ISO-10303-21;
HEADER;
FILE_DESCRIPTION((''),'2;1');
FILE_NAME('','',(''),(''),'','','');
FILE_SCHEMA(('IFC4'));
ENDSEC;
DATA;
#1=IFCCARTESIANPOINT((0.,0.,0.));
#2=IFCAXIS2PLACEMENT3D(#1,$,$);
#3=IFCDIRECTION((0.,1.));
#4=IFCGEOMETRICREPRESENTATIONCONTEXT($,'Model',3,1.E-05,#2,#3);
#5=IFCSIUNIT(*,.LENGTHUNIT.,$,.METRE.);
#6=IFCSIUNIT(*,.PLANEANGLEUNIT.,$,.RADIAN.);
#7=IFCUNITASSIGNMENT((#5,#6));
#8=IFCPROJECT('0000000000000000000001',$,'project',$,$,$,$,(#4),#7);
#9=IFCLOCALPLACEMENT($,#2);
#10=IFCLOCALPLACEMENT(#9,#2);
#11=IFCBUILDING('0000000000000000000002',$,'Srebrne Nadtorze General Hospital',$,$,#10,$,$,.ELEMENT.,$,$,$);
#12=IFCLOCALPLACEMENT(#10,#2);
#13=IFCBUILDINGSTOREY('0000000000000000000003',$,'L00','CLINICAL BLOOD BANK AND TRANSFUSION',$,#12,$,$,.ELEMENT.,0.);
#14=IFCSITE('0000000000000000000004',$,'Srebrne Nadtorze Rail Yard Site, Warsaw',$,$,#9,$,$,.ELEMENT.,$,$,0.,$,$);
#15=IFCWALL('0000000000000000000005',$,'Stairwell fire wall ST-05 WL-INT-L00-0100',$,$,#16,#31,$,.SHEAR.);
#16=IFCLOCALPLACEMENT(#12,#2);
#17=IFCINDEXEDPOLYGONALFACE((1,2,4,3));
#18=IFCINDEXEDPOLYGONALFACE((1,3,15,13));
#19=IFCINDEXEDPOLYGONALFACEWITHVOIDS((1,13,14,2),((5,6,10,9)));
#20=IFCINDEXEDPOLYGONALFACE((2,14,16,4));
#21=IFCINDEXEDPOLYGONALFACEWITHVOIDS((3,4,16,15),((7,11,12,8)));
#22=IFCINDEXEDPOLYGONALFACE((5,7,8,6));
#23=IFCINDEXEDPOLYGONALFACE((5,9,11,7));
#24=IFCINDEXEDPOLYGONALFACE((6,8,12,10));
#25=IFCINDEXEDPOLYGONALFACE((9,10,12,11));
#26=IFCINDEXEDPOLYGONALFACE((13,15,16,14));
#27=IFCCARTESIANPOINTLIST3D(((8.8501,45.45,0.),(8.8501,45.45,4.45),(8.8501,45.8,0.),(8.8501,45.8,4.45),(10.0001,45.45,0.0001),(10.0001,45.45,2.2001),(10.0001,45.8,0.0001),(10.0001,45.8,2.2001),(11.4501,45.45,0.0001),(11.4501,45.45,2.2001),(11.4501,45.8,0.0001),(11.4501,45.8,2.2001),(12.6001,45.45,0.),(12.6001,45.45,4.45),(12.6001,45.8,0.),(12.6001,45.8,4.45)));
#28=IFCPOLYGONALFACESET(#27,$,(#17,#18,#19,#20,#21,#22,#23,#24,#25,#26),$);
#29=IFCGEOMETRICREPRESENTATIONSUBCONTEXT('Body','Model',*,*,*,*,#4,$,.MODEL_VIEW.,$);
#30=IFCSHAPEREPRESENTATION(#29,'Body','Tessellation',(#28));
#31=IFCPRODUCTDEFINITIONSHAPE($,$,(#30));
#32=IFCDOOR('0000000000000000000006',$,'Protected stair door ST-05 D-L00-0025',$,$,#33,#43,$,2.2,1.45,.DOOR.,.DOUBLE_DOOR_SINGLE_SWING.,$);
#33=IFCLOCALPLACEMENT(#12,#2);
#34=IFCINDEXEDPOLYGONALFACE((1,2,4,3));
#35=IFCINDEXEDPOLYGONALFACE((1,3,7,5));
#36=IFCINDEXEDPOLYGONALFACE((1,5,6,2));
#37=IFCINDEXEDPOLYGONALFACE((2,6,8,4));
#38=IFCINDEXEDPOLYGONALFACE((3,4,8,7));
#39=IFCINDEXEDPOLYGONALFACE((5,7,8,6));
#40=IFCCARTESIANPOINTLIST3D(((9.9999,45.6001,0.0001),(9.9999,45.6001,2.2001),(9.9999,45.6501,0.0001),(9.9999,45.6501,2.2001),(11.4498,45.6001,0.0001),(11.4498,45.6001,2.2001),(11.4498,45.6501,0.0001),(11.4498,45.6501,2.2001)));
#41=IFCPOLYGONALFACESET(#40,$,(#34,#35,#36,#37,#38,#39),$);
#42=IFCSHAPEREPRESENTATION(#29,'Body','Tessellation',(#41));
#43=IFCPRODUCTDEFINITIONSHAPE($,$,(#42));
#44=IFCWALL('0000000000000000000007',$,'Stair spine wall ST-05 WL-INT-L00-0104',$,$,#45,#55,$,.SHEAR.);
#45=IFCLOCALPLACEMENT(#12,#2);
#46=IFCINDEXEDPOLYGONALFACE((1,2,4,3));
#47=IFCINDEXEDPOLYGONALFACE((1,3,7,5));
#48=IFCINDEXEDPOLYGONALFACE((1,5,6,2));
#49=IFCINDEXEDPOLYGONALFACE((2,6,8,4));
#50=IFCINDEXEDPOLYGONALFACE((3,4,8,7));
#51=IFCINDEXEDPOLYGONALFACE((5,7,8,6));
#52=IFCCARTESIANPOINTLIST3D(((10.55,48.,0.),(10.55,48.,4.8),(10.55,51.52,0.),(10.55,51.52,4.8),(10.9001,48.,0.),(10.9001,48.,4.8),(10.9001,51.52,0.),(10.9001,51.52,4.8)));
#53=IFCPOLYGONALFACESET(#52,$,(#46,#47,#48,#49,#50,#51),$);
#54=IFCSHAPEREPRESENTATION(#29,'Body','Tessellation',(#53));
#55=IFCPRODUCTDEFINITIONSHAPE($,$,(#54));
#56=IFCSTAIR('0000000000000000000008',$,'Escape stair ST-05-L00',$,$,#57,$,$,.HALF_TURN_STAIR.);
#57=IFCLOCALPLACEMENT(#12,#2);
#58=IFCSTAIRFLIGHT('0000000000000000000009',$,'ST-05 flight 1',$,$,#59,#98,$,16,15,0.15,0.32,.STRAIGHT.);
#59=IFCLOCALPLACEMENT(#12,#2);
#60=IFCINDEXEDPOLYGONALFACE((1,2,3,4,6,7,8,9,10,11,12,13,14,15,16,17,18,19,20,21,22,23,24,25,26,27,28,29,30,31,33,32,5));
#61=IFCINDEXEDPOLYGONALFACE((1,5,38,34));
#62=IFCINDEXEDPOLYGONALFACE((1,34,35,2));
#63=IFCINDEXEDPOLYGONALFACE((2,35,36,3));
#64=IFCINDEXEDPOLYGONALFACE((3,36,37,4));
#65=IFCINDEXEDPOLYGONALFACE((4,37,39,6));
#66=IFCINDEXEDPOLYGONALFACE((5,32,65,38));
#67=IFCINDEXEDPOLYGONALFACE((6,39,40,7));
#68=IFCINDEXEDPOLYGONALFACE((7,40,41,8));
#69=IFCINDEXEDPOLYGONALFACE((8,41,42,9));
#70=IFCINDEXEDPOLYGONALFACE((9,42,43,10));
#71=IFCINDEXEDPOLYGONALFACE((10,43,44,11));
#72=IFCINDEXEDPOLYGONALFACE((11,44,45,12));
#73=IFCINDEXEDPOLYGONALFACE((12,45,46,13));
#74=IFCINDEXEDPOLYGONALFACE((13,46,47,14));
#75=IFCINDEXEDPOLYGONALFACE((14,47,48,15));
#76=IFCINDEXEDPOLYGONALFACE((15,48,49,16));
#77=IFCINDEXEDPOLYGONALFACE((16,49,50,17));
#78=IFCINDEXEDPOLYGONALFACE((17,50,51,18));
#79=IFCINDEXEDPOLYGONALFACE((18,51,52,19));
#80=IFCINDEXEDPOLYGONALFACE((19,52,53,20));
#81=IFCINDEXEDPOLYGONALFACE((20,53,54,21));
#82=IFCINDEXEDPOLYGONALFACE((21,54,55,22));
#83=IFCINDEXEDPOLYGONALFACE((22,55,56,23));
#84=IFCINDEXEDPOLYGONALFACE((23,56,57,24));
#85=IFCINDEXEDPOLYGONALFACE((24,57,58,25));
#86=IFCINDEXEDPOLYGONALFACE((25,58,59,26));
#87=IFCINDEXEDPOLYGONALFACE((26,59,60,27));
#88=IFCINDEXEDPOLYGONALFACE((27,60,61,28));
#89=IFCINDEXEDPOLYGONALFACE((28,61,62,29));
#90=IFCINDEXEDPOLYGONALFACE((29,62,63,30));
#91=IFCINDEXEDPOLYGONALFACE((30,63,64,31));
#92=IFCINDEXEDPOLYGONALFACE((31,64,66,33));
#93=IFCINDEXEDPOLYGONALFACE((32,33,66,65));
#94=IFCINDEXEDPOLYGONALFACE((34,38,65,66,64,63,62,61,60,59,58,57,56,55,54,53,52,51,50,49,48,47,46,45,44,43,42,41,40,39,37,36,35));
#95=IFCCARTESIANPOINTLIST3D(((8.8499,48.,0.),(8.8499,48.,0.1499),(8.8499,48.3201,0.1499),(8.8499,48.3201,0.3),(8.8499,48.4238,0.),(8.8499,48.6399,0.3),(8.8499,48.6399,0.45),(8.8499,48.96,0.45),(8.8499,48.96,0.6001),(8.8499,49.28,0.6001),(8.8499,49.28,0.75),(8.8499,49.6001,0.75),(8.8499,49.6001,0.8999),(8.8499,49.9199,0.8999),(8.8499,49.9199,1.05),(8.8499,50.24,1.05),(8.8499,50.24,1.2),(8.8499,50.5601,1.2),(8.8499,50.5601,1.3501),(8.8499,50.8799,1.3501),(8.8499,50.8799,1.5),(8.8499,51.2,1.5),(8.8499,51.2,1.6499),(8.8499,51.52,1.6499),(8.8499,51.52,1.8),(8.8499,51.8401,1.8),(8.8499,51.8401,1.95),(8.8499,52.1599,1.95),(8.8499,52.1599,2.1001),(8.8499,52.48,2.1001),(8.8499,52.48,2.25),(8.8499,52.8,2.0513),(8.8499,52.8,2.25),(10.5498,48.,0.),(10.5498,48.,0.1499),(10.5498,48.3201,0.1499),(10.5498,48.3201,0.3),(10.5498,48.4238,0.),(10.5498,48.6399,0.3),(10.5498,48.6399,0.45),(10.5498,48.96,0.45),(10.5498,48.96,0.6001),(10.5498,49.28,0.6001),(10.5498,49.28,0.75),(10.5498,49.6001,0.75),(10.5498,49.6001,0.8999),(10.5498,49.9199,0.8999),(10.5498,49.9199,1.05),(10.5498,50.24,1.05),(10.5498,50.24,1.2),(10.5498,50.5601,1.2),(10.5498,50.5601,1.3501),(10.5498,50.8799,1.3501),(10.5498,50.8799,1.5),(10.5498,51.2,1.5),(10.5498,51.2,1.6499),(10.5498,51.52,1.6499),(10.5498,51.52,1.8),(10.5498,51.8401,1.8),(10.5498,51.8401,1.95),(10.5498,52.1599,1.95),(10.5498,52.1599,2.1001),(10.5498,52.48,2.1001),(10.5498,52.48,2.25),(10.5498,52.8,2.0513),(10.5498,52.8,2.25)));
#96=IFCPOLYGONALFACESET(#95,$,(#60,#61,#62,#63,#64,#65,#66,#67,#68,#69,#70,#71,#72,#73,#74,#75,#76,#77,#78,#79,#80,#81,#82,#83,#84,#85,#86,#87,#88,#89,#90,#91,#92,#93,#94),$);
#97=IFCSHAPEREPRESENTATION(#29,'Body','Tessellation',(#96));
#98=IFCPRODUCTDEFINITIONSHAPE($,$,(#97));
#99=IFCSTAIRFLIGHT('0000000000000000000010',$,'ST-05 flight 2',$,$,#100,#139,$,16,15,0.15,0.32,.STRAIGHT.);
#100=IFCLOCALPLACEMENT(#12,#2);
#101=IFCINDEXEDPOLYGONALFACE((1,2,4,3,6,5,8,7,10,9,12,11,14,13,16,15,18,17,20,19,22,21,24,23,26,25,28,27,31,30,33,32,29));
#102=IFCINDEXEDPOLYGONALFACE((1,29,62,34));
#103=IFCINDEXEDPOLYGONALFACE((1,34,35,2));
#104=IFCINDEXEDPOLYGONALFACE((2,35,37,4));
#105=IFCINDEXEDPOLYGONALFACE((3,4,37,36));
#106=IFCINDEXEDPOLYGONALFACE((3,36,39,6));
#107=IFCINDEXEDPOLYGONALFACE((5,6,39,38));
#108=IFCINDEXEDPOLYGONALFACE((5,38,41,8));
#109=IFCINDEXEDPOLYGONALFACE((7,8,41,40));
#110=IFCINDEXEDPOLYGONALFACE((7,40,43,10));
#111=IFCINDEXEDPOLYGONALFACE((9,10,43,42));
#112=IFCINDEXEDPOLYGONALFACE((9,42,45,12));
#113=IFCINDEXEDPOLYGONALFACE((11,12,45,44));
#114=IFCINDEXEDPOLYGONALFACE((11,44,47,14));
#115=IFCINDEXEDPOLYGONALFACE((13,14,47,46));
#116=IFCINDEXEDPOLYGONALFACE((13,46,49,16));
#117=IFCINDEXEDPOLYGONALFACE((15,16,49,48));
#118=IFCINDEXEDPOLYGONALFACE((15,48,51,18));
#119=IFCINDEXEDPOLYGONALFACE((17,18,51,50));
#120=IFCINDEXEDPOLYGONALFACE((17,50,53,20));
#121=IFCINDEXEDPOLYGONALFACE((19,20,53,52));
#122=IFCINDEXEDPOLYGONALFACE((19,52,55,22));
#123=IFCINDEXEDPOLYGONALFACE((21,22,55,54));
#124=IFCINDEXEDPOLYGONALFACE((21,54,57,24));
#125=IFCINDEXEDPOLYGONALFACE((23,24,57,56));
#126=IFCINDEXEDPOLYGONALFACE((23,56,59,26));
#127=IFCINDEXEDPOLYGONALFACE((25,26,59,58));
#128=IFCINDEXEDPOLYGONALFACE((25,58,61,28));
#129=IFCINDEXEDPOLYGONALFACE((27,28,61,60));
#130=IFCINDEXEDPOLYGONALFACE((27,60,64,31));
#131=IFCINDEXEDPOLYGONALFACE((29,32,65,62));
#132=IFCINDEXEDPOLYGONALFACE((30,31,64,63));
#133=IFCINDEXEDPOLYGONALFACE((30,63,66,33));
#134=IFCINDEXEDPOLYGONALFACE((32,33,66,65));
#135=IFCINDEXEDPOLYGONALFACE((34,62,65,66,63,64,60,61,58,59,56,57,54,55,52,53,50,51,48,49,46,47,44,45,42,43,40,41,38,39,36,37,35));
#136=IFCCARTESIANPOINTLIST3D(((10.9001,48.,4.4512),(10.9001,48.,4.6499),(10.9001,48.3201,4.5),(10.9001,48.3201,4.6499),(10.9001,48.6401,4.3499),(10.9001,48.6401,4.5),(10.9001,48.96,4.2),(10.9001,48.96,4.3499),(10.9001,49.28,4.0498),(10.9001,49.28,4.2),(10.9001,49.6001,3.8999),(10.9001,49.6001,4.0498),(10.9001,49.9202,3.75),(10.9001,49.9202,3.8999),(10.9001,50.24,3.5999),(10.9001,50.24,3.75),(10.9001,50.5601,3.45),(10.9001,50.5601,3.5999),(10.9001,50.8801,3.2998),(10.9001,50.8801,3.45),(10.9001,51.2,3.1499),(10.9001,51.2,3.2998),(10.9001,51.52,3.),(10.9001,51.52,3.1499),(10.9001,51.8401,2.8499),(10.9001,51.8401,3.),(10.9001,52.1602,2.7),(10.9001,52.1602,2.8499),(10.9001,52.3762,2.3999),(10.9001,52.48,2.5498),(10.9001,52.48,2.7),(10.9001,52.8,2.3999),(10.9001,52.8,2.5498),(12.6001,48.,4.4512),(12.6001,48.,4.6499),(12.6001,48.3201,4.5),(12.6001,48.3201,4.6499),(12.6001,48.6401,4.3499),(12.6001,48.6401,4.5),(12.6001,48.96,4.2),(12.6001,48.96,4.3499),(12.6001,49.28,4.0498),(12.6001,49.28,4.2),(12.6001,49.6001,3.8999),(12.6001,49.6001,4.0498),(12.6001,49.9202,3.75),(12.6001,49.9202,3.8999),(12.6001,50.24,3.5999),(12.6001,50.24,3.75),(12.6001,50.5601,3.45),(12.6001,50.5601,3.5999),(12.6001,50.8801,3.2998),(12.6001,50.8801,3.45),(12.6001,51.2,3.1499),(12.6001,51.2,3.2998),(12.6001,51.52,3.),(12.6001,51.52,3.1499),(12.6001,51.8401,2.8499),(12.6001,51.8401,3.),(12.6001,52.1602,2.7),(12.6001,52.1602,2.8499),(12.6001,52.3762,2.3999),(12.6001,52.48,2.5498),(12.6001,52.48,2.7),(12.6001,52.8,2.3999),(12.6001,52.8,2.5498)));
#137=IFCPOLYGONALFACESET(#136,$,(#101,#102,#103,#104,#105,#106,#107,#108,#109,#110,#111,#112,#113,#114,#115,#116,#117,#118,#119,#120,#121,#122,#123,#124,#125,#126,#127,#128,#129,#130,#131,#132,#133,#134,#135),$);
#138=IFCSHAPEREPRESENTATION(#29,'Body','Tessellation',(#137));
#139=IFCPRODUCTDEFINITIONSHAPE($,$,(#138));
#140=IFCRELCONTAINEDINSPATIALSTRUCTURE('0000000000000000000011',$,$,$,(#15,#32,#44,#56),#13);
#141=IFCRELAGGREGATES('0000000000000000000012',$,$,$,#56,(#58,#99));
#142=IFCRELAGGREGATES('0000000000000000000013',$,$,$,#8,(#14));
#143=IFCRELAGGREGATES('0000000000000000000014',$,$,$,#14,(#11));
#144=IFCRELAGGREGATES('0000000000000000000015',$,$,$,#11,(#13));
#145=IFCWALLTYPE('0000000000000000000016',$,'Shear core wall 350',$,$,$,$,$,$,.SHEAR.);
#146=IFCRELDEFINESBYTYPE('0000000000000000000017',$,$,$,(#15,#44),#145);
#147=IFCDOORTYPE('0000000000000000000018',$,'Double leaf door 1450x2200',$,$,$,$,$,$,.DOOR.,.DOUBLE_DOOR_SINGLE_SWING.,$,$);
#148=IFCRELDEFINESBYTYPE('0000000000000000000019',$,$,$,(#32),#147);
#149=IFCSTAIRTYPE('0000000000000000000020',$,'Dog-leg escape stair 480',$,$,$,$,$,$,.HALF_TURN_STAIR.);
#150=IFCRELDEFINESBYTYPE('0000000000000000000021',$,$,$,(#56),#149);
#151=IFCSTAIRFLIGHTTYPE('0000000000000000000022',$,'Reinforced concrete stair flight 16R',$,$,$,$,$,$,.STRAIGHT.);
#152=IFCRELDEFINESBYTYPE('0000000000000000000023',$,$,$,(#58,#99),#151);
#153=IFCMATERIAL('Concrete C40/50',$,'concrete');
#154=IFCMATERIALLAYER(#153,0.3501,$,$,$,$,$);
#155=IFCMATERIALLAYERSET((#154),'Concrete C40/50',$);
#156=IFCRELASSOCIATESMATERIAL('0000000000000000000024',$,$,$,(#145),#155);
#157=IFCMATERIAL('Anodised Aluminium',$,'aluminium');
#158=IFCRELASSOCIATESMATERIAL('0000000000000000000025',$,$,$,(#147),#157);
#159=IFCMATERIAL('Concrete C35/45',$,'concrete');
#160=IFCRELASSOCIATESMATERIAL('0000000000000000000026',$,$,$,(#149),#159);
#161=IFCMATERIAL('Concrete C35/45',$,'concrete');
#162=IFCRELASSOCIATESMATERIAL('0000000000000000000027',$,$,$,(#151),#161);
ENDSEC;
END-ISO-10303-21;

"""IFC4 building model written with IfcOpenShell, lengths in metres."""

from ifc_helpers import new_model, si_unit, direction, frame, frame_2d, origin, place, context, subcontext, project, spatial, polyline, rectangle, outline, extrude, material, layer, layer_set, type_object, element, fill, aggregate, save


model = new_model("IFC4")

# Units and contexts
model_context = context("Model", 3, precision=1e-05, world=origin(), true_north=direction((0.0, 1.0)))
body_context = subcontext(model_context, "Body", "Model", "MODEL_VIEW")
ifc_project = project(units=[si_unit("LENGTHUNIT", "METRE"), si_unit("PLANEANGLEUNIT", "RADIAN")], contexts=[model_context])

# Site, building, storey
site_placement = place(None, origin())
site = spatial("IfcSite", under=ifc_project, at=site_placement, Name="Srebrne Nadtorze Rail Yard Site, Warsaw", CompositionType="ELEMENT", RefElevation=0.0)
building_placement = place(site_placement, origin())
building = spatial("IfcBuilding", under=site, at=building_placement, Name="Srebrne Nadtorze General Hospital", CompositionType="ELEMENT")
storey_placement = place(building_placement, origin())
storey = spatial("IfcBuildingStorey", under=building, at=storey_placement, Name="L00", Description="CLINICAL BLOOD BANK AND TRANSFUSION", CompositionType="ELEMENT", Elevation=0.0)

# Shared definitions
ifc_material_1 = material(Name="Concrete C40/50", Category="concrete")
ifc_layer_1 = layer(ifc_material_1, 0.3501)
ifc_layer_set_1 = layer_set([ifc_layer_1], Name="Concrete C40/50")
wall_type_1 = type_object("IfcWallType", Name="Shear core wall 350", PredefinedType="SHEAR", material=ifc_layer_set_1)

# Wall, opening, door
wall_1_placement = place(storey_placement, frame((8.8501, 45.625, 0.0), z_axis=(0.0, 0.0, 1.0), x_axis=(1.0, 0.0, 0.0)))
wall_1 = element("IfcWall", 1, at=wall_1_placement, inside=storey, type_object=wall_type_1, Name="Stairwell fire wall ST-05 WL-INT-L00-0100", PredefinedType="SHEAR", context=body_context, shape_type="SweptSolid", body=[
    extrude(rectangle(XDim=3.75, YDim=0.3501, at=frame_2d((1.875, 0.0))), origin(), (0.0, 0.0, 1.0), 4.45),
])
opening_1_placement = place(wall_1_placement, frame((1.1499, 0.0, 0.0)))
opening_1 = element("IfcOpeningElement", 2, at=opening_1_placement, cuts=wall_1, PredefinedType="OPENING", context=body_context, shape_type="SweptSolid", body=[
    extrude(rectangle(XDim=1.45, YDim=2.2, at=frame_2d((0.7251, 1.1001))), frame((0.0, 0.187, 0.0), z_axis=(0.0, -1.0, 0.0), x_axis=(1.0, 0.0, 0.0)), (0.0, 0.0, 1.0), 0.374),
])
ifc_material_2 = material(Name="Anodised Aluminium", Category="aluminium")
door_type_1 = type_object("IfcDoorType", Name="Double leaf door 1450x2200", OperationType="DOUBLE_DOOR_SINGLE_SWING", PredefinedType="DOOR", material=ifc_material_2)
door_1_placement = place(opening_1_placement, frame((1.45, 0.0, 0.0), z_axis=(0.0, 0.0, 1.0), x_axis=(-1.0, 0.0, 0.0)))
door_1 = element("IfcDoor", 3, at=door_1_placement, inside=storey, type_object=door_type_1, Name="Protected stair door ST-05 D-L00-0025", OperationType="DOUBLE_DOOR_SINGLE_SWING", OverallHeight=2.2, OverallWidth=1.45, PredefinedType="DOOR", context=body_context, shape_type="SweptSolid", body=[
    extrude(rectangle(XDim=1.45, YDim=2.2, at=frame_2d((0.7251, 1.1001))), frame((0.0, 0.0249, 0.0), z_axis=(0.0, -1.0, 0.0), x_axis=(1.0, 0.0, 0.0)), (0.0, 0.0, 1.0), 0.05),
])
fill(opening_1, door_1)

# Wall
wall_2_placement = place(storey_placement, frame((10.7251, 48.0, 0.0), z_axis=(0.0, 0.0, 1.0), x_axis=(0.0, 1.0, 0.0)))
element("IfcWall", 4, at=wall_2_placement, inside=storey, type_object=wall_type_1, Name="Stair spine wall ST-05 WL-INT-L00-0104", PredefinedType="SHEAR", context=body_context, shape_type="SweptSolid", body=[
    extrude(rectangle(XDim=3.52, YDim=0.3501, at=frame_2d((1.76, 0.0))), origin(), (0.0, 0.0, 1.0), 4.8),
])

# Stair, stair flights
ifc_material_3 = material(Name="Concrete C35/45", Category="concrete")
stair_type = type_object("IfcStairType", Name="Dog-leg escape stair 480", PredefinedType="HALF_TURN_STAIR", material=ifc_material_3)
stair_placement = place(storey_placement, origin())
stair = element("IfcStair", 5, at=stair_placement, inside=storey, type_object=stair_type, Name="Escape stair ST-05-L00", PredefinedType="HALF_TURN_STAIR")
ifc_material_4 = material(Name="Concrete C35/45", Category="concrete")
stair_flight_type = type_object("IfcStairFlightType", Name="Reinforced concrete stair flight 16R", PredefinedType="STRAIGHT", material=ifc_material_4)
stair_flight_1_placement = place(storey_placement, frame((9.7, 48.0, 0.0), z_axis=(0.0, 0.0, 1.0), x_axis=(0.0, 1.0, 0.0)))
stair_flight_1 = element("IfcStairFlight", 6, at=stair_flight_1_placement, type_object=stair_flight_type, Name="ST-05 flight 1", NumberOfRisers=16, NumberOfTreads=15, PredefinedType="STRAIGHT", RiserHeight=0.15, TreadLength=0.32, context=body_context, shape_type="SweptSolid", body=[
    extrude(outline(polyline([(0.0, 0.0), (0.0, 0.1499), (0.3201, 0.1499), (0.3201, 0.3), (0.6399, 0.3), (0.6399, 0.45), (0.96, 0.45), (0.96, 0.6001), (1.28, 0.6001), (1.28, 0.75), (1.6001, 0.75), (1.6001, 0.8999), (1.9199, 0.8999), (1.9199, 1.05), (2.24, 1.05), (2.24, 1.2), (2.5601, 1.2), (2.5601, 1.3501), (2.8799, 1.3501), (2.8799, 1.5), (3.2, 1.5), (3.2, 1.6499), (3.52, 1.6499), (3.52, 1.8), (3.8401, 1.8), (3.8401, 1.95), (4.1599, 1.95), (4.1599, 2.1001), (4.48, 2.1001), (4.48, 2.25), (4.8, 2.25), (4.8, 2.3999), (4.8, 2.0513), (0.4238, 0.0), (0.0, 0.0)])), frame((0.0, 0.8501, 0.0), z_axis=(0.0, -1.0, 0.0), x_axis=(1.0, 0.0, 0.0)), (0.0, 0.0, 1.0), 1.7),
])
stair_flight_2_placement = place(storey_placement, frame((11.75, 52.8, 2.3999), z_axis=(0.0, 0.0, 1.0), x_axis=(0.0, -1.0, 0.0)))
stair_flight_2 = element("IfcStairFlight", 7, at=stair_flight_2_placement, type_object=stair_flight_type, Name="ST-05 flight 2", NumberOfRisers=16, NumberOfTreads=15, PredefinedType="STRAIGHT", RiserHeight=0.15, TreadLength=0.32, context=body_context, shape_type="SweptSolid", body=[
    extrude(outline(polyline([(0.0, 0.0), (0.0, 0.1499), (0.3201, 0.1499), (0.3201, 0.3), (0.6399, 0.3), (0.6399, 0.45), (0.96, 0.45), (0.96, 0.6001), (1.28, 0.6001), (1.28, 0.75), (1.6001, 0.75), (1.6001, 0.8999), (1.9199, 0.8999), (1.9199, 1.05), (2.24, 1.05), (2.24, 1.2), (2.5601, 1.2), (2.5601, 1.3501), (2.8799, 1.3501), (2.8799, 1.5), (3.2, 1.5), (3.2, 1.6499), (3.52, 1.6499), (3.52, 1.8), (3.8401, 1.8), (3.8401, 1.95), (4.1599, 1.95), (4.1599, 2.1001), (4.48, 2.1001), (4.48, 2.25), (4.8, 2.25), (4.8, 2.3999), (4.8, 2.0513), (0.4238, 0.0), (0.0, 0.0)])), frame((0.0, 0.8501, 0.0), z_axis=(0.0, -1.0, 0.0), x_axis=(1.0, 0.0, 0.0)), (0.0, 0.0, 1.0), 1.7),
])
aggregate(stair, [stair_flight_1, stair_flight_2])

save(model, "model.ifc")
